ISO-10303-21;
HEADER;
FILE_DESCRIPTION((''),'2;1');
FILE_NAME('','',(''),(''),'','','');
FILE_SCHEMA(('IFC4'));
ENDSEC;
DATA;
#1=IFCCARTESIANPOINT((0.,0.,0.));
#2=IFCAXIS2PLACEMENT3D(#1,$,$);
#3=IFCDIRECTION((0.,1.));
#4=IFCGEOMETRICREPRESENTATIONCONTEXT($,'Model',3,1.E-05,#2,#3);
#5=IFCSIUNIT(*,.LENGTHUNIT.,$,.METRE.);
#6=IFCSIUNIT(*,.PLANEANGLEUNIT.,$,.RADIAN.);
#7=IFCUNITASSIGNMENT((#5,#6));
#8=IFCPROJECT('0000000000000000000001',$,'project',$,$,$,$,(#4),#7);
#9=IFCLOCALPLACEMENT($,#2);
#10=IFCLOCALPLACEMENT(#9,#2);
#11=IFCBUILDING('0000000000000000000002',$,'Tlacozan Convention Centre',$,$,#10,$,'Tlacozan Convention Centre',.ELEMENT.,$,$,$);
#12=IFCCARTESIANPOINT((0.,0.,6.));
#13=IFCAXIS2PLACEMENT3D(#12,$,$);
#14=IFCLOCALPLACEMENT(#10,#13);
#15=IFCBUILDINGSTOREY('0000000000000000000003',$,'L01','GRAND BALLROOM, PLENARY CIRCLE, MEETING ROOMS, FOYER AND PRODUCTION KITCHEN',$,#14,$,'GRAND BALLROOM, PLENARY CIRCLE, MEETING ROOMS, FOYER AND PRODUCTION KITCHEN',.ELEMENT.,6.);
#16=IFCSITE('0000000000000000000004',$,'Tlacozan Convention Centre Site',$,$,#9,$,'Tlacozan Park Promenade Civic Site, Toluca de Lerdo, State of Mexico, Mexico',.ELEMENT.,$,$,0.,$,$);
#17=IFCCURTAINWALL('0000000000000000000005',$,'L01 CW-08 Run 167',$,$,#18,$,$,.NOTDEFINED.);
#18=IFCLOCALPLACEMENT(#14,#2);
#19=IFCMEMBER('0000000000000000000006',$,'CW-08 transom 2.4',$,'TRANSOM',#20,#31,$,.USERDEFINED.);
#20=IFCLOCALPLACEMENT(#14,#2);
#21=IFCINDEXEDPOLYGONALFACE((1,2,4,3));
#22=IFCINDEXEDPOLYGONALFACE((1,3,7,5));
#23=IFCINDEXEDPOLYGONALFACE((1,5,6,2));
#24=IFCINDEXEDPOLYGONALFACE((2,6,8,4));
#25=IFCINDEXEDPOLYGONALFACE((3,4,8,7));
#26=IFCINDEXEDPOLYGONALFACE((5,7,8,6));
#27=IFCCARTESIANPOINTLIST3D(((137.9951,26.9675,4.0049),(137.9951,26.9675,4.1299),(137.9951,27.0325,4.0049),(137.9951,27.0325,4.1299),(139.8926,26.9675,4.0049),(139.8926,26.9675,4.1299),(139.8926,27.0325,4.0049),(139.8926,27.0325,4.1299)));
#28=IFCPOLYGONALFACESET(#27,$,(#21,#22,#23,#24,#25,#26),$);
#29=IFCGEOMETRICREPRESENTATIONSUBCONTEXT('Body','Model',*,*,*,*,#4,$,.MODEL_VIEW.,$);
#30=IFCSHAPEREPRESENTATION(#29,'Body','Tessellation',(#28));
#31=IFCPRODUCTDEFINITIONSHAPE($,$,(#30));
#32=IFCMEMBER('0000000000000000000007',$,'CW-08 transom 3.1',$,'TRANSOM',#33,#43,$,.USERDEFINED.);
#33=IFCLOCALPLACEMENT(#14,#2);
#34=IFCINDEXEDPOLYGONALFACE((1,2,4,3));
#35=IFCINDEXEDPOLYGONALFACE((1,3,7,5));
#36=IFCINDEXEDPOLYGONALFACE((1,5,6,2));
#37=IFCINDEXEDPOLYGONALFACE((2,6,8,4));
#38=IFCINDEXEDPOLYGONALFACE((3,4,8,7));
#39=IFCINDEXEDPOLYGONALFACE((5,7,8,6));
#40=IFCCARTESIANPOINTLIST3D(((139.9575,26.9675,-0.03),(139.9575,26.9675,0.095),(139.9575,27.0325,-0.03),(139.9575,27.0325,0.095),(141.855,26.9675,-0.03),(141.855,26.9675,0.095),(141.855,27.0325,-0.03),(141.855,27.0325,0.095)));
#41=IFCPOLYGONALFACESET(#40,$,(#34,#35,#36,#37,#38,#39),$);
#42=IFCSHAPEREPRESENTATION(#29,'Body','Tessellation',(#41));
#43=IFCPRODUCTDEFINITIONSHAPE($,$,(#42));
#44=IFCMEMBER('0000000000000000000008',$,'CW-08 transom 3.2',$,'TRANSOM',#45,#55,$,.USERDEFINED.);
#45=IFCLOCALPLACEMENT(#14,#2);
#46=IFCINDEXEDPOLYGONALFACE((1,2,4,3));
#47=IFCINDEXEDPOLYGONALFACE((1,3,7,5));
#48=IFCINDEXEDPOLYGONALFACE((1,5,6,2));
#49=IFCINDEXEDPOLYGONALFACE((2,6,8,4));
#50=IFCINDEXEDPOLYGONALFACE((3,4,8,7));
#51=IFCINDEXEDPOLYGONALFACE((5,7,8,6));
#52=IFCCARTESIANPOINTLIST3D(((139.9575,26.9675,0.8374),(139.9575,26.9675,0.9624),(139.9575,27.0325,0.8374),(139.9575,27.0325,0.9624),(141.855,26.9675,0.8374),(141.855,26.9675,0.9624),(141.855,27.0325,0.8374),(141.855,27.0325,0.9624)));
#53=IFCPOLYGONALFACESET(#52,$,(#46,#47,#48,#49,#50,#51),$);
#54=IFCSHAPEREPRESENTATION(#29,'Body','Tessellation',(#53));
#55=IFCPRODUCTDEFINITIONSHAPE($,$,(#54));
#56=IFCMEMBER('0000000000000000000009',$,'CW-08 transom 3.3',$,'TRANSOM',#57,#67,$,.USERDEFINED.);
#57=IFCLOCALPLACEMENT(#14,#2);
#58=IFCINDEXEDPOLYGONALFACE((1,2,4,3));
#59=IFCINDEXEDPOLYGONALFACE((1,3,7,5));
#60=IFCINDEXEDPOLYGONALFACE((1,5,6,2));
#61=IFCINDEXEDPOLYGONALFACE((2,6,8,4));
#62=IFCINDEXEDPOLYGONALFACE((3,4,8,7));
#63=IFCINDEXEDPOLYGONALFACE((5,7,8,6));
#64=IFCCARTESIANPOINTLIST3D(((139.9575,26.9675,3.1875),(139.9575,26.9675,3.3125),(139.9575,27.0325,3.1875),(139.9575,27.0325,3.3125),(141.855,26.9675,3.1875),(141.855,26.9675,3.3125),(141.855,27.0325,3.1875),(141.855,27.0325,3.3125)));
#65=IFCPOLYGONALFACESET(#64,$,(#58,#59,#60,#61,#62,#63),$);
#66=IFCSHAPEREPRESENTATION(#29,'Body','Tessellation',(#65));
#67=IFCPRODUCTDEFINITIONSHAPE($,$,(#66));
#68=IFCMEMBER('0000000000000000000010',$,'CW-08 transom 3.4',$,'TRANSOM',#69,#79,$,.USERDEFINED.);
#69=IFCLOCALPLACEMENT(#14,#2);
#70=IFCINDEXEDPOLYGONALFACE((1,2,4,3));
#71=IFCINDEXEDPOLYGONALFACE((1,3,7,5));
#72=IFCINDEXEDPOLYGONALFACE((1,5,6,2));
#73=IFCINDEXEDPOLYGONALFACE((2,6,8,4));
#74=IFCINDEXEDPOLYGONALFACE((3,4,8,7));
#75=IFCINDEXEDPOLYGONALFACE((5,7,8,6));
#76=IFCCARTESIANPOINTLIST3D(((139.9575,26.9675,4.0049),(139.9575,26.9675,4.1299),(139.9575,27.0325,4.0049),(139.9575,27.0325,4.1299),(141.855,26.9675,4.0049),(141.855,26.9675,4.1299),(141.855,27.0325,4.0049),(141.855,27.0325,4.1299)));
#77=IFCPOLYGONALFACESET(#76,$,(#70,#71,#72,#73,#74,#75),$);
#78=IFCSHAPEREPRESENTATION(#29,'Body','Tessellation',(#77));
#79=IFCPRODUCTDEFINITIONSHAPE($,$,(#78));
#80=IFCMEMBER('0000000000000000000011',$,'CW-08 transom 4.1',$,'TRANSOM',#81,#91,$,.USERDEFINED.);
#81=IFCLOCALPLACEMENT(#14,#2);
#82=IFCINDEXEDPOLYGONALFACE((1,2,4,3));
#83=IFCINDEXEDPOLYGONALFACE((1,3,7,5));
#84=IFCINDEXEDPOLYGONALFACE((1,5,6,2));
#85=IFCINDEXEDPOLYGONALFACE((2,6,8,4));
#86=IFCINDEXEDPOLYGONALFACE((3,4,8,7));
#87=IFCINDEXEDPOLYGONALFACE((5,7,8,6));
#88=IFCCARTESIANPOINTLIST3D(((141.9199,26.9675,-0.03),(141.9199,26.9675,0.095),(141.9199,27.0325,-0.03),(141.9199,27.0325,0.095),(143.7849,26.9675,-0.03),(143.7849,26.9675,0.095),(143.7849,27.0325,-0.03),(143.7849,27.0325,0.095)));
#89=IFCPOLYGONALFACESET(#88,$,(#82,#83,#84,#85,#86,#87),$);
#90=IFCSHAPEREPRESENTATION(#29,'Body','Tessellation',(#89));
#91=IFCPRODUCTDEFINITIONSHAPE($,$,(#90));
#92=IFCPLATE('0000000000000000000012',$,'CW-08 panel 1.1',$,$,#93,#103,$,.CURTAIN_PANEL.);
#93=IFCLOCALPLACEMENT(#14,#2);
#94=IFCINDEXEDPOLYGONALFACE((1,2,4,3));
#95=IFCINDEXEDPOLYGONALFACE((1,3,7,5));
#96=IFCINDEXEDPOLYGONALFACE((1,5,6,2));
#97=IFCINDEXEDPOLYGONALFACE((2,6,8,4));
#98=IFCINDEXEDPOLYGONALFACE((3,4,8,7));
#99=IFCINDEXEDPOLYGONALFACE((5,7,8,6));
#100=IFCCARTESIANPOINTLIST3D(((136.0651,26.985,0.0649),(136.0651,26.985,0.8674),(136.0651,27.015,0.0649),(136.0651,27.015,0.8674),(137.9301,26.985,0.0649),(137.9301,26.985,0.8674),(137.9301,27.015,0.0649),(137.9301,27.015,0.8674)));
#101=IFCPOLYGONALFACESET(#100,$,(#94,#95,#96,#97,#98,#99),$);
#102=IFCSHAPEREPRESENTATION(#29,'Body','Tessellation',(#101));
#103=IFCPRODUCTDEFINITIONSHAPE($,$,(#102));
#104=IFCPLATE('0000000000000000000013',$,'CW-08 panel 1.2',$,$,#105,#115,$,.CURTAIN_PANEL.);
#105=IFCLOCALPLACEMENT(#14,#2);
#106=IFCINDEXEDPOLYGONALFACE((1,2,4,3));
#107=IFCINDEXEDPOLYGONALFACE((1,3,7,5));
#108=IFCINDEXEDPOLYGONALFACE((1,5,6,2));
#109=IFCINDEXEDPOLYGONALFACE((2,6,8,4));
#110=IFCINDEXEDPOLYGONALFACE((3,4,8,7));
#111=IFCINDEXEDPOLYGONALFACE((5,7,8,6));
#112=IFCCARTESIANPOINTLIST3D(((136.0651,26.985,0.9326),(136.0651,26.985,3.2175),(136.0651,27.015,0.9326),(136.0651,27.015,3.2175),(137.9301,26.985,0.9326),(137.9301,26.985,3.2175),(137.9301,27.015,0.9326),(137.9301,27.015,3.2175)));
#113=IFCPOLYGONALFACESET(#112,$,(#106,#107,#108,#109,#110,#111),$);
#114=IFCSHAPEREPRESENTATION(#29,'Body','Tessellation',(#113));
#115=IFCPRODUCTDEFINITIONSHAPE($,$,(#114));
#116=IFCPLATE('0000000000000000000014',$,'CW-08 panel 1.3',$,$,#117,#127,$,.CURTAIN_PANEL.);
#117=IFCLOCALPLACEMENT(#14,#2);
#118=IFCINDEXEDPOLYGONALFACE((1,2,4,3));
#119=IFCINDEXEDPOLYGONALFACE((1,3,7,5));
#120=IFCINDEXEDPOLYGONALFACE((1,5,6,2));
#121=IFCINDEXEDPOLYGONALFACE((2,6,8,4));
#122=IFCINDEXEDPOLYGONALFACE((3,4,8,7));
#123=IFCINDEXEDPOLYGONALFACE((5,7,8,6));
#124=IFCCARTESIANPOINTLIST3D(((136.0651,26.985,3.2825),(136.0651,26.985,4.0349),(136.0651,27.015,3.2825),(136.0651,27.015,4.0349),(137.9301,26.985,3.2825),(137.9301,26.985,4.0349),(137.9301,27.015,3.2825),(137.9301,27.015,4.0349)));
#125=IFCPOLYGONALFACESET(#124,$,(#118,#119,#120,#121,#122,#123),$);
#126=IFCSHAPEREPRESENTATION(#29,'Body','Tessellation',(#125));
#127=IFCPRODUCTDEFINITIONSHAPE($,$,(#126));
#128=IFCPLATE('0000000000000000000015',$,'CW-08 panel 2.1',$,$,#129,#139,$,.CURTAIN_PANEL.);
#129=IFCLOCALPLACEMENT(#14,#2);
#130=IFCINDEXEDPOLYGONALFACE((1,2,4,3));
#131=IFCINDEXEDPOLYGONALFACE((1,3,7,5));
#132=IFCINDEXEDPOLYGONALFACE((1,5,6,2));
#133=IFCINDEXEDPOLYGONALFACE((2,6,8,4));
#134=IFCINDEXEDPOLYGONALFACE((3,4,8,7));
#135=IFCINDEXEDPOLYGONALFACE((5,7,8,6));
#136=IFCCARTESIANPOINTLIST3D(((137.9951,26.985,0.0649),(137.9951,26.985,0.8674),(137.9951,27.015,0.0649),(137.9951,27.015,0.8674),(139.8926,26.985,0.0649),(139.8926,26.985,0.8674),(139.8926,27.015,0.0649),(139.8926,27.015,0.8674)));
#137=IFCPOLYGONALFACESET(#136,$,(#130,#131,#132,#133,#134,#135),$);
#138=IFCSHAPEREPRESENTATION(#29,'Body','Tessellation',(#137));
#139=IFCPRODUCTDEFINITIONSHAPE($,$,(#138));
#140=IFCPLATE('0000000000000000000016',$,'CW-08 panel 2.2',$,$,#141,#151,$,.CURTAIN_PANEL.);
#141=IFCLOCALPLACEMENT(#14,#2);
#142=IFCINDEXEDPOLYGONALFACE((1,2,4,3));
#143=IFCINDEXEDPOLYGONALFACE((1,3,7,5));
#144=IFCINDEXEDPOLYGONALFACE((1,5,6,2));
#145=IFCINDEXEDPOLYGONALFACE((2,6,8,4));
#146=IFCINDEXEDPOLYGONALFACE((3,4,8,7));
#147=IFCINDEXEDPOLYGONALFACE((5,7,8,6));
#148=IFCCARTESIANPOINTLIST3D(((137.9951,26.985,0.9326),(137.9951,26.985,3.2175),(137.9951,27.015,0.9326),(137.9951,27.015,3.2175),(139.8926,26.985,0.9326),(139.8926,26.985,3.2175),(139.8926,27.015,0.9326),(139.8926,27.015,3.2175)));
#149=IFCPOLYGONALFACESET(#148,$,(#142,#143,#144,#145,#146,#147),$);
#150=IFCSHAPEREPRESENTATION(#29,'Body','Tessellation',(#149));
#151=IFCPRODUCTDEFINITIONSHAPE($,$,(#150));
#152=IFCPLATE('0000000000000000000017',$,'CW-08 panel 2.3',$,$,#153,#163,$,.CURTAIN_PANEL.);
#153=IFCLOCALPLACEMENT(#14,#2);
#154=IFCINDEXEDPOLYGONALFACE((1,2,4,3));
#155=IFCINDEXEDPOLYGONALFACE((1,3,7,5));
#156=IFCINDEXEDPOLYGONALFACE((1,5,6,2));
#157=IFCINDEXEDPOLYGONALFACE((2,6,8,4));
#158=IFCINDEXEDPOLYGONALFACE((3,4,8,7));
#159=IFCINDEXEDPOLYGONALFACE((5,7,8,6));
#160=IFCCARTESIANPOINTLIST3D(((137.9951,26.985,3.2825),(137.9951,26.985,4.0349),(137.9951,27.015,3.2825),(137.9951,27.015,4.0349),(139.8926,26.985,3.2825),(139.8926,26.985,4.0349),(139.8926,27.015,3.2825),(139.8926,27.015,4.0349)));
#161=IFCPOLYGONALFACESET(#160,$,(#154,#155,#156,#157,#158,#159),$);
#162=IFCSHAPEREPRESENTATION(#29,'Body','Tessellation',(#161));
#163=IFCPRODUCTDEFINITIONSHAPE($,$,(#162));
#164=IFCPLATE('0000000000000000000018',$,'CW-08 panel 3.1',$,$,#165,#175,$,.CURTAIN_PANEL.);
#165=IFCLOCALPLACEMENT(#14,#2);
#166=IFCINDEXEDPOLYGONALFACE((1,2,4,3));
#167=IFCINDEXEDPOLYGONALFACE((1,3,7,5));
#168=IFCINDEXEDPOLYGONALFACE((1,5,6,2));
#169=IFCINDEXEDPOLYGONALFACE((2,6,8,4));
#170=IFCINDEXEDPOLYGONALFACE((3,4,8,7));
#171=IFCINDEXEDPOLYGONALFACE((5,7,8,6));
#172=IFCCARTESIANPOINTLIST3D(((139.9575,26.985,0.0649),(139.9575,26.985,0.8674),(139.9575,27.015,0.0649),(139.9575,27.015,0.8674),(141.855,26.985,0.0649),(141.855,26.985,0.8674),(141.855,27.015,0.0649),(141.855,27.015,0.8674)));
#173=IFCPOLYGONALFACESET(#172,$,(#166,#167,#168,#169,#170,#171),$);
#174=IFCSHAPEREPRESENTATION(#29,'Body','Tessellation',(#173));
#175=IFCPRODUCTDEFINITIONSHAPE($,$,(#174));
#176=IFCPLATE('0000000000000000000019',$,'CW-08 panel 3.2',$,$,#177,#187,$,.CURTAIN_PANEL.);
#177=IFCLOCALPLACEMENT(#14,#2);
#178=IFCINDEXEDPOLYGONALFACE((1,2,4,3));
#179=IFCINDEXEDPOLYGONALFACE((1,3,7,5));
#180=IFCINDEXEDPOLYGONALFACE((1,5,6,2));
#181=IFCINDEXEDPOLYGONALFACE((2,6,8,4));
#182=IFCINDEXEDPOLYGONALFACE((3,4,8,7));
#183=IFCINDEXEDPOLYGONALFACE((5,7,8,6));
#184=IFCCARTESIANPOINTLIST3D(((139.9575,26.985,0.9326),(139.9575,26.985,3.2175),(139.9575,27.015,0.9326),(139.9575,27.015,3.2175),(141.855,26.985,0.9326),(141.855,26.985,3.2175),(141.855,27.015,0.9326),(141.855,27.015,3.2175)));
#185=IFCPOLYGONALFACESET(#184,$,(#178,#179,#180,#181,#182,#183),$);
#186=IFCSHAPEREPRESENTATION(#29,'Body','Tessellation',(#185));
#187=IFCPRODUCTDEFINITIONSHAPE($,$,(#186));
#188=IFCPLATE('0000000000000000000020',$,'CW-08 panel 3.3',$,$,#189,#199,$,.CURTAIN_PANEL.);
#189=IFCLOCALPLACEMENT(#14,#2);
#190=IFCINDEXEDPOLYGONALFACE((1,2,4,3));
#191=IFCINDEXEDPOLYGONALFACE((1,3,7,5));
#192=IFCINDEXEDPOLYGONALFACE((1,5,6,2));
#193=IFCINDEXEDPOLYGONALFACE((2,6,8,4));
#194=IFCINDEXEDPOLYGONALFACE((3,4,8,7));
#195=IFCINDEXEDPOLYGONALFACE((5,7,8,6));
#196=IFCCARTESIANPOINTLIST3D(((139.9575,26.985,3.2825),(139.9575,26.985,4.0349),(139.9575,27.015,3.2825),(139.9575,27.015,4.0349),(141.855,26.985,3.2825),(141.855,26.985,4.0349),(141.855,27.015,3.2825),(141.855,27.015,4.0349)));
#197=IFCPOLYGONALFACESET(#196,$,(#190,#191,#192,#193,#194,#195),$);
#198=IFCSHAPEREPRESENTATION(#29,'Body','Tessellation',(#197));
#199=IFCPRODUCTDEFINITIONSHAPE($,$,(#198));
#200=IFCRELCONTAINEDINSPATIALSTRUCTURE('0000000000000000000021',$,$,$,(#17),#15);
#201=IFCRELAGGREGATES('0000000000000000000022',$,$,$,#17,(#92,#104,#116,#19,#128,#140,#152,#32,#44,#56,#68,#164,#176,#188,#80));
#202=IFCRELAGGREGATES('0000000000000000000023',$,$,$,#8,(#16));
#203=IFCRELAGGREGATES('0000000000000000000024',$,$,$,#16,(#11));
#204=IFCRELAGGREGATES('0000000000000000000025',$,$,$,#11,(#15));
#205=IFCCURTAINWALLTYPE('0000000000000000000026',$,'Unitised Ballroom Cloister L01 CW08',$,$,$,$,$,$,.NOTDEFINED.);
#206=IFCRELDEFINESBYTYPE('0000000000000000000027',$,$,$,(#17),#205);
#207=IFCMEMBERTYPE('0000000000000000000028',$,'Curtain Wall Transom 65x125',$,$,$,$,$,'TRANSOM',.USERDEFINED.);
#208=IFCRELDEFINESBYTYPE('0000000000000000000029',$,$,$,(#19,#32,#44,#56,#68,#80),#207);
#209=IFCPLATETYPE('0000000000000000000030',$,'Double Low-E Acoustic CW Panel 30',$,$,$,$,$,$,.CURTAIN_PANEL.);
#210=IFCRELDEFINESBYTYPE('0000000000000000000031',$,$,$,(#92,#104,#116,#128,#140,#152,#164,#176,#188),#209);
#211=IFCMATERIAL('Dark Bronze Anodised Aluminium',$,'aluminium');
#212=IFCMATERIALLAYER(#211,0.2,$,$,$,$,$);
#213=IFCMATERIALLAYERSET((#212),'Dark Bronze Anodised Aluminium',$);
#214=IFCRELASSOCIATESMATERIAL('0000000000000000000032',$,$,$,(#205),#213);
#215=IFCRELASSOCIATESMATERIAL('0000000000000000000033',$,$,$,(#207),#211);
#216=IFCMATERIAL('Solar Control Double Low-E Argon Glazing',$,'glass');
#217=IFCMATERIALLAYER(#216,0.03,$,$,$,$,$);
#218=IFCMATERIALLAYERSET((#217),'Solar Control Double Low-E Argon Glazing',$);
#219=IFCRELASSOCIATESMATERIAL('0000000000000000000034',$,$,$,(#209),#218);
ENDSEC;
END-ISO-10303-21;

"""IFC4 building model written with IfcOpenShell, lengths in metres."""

from ifc_helpers import new_model, si_unit, direction, frame, origin, origin_2d, place, context, subcontext, project, spatial, rectangle, extrude, material, layer, layer_set, material_profile, profile_set, type_object, element, aggregate, save


model = new_model("IFC4")

# Units and contexts
model_context = context("Model", 3, precision=1e-05, world=origin(), true_north=direction((0.0, 1.0)))
body_context = subcontext(model_context, "Body", "Model", "MODEL_VIEW")
ifc_project = project(units=[si_unit("LENGTHUNIT", "METRE"), si_unit("PLANEANGLEUNIT", "RADIAN")], contexts=[model_context])

# Site, building, storey
site_placement = place(None, origin())
site = spatial("IfcSite", under=ifc_project, at=site_placement, Name="Tlacozan Convention Centre Site", LongName="Tlacozan Park Promenade Civic Site, Toluca de Lerdo, State of Mexico, Mexico", CompositionType="ELEMENT", RefElevation=0.0)
building_placement = place(site_placement, origin())
building = spatial("IfcBuilding", under=site, at=building_placement, Name="Tlacozan Convention Centre", LongName="Tlacozan Convention Centre", CompositionType="ELEMENT")
storey_placement = place(building_placement, frame((0.0, 0.0, 6.0)))
storey = spatial("IfcBuildingStorey", under=building, at=storey_placement, Name="L01", Description="GRAND BALLROOM, PLENARY CIRCLE, MEETING ROOMS, FOYER AND PRODUCTION KITCHEN", LongName="GRAND BALLROOM, PLENARY CIRCLE, MEETING ROOMS, FOYER AND PRODUCTION KITCHEN", CompositionType="ELEMENT", Elevation=6.0)

# Curtain wall, members, plates
ifc_material_1 = material(Name="Dark Bronze Anodised Aluminium", Category="aluminium")
ifc_layer_1 = layer(ifc_material_1, 0.2)
ifc_layer_set_1 = layer_set([ifc_layer_1], Name="Dark Bronze Anodised Aluminium")
curtain_wall_type = type_object("IfcCurtainWallType", Name="Unitised Ballroom Cloister L01 CW08", PredefinedType="NOTDEFINED", material=ifc_layer_set_1)
curtain_wall_placement = place(storey_placement, origin())
curtain_wall = element("IfcCurtainWall", 1, at=curtain_wall_placement, inside=storey, type_object=curtain_wall_type, Name="L01 CW-08 Run 167", PredefinedType="NOTDEFINED")
ifc_material_profile_1 = material_profile(ifc_material_1, rectangle(XDim=0.0649, YDim=0.125, at=origin_2d()), Name="ALU 65x125")
ifc_profile_set_1 = profile_set([ifc_material_profile_1], Name="Dark Bronze Anodised Aluminium")
member_type_1 = type_object("IfcMemberType", Name="Curtain Wall Transom 65x125", ElementType="TRANSOM", PredefinedType="USERDEFINED", material=ifc_profile_set_1)
member_1_placement = place(storey_placement, frame((137.9951, 27.0, 4.0674), z_axis=(1.0, 0.0, 0.0), x_axis=(0.0, 1.0, 0.0)))
member_1 = element("IfcMember", 2, at=member_1_placement, type_object=member_type_1, Name="CW-08 transom 2.4", ObjectType="TRANSOM", PredefinedType="USERDEFINED", context=body_context, shape_type="SweptSolid", body=[
    extrude(rectangle(XDim=0.0649, YDim=0.125, at=origin_2d()), origin(), (0.0, 0.0, 1.0), 1.8975),
])
member_2_placement = place(storey_placement, frame((139.9575, 27.0, 0.0325), z_axis=(1.0, 0.0, 0.0), x_axis=(0.0, 1.0, 0.0)))
member_2 = element("IfcMember", 3, at=member_2_placement, type_object=member_type_1, Name="CW-08 transom 3.1", ObjectType="TRANSOM", PredefinedType="USERDEFINED", context=body_context, shape_type="SweptSolid", body=[
    extrude(rectangle(XDim=0.0649, YDim=0.125, at=origin_2d()), origin(), (0.0, 0.0, 1.0), 1.8975),
])
member_3_placement = place(storey_placement, frame((139.9575, 27.0, 0.8999), z_axis=(1.0, 0.0, 0.0), x_axis=(0.0, 1.0, 0.0)))
member_3 = element("IfcMember", 4, at=member_3_placement, type_object=member_type_1, Name="CW-08 transom 3.2", ObjectType="TRANSOM", PredefinedType="USERDEFINED", context=body_context, shape_type="SweptSolid", body=[
    extrude(rectangle(XDim=0.0649, YDim=0.125, at=origin_2d()), origin(), (0.0, 0.0, 1.0), 1.8975),
])
member_4_placement = place(storey_placement, frame((139.9575, 27.0, 3.25), z_axis=(1.0, 0.0, 0.0), x_axis=(0.0, 1.0, 0.0)))
member_4 = element("IfcMember", 5, at=member_4_placement, type_object=member_type_1, Name="CW-08 transom 3.3", ObjectType="TRANSOM", PredefinedType="USERDEFINED", context=body_context, shape_type="SweptSolid", body=[
    extrude(rectangle(XDim=0.0649, YDim=0.125, at=origin_2d()), origin(), (0.0, 0.0, 1.0), 1.8975),
])
member_5_placement = place(storey_placement, frame((139.9575, 27.0, 4.0674), z_axis=(1.0, 0.0, 0.0), x_axis=(0.0, 1.0, 0.0)))
member_5 = element("IfcMember", 6, at=member_5_placement, type_object=member_type_1, Name="CW-08 transom 3.4", ObjectType="TRANSOM", PredefinedType="USERDEFINED", context=body_context, shape_type="SweptSolid", body=[
    extrude(rectangle(XDim=0.0649, YDim=0.125, at=origin_2d()), origin(), (0.0, 0.0, 1.0), 1.8975),
])
member_6_placement = place(storey_placement, frame((141.9199, 27.0, 0.0325), z_axis=(1.0, 0.0, 0.0), x_axis=(0.0, 1.0, 0.0)))
member_6 = element("IfcMember", 7, at=member_6_placement, type_object=member_type_1, Name="CW-08 transom 4.1", ObjectType="TRANSOM", PredefinedType="USERDEFINED", context=body_context, shape_type="SweptSolid", body=[
    extrude(rectangle(XDim=0.0649, YDim=0.125, at=origin_2d()), origin(), (0.0, 0.0, 1.0), 1.865),
])
ifc_material_2 = material(Name="Solar Control Double Low-E Argon Glazing", Category="glass")
ifc_layer_2 = layer(ifc_material_2, 0.03)
ifc_layer_set_2 = layer_set([ifc_layer_2], Name="Solar Control Double Low-E Argon Glazing")
plate_type = type_object("IfcPlateType", Name="Double Low-E Acoustic CW Panel 30", PredefinedType="CURTAIN_PANEL", material=ifc_layer_set_2)
plate_1_placement = place(storey_placement, frame((136.9976, 27.0, 0.0649), z_axis=(0.0, 0.0, 1.0), x_axis=(1.0, 0.0, 0.0)))
plate_1 = element("IfcPlate", 8, at=plate_1_placement, type_object=plate_type, Name="CW-08 panel 1.1", PredefinedType="CURTAIN_PANEL", context=body_context, shape_type="SweptSolid", body=[
    extrude(rectangle(XDim=1.865, YDim=0.03, at=origin_2d()), origin(), (0.0, 0.0, 1.0), 0.8025),
])
plate_2_placement = place(storey_placement, frame((136.9976, 27.0, 0.9326), z_axis=(0.0, 0.0, 1.0), x_axis=(1.0, 0.0, 0.0)))
plate_2 = element("IfcPlate", 9, at=plate_2_placement, type_object=plate_type, Name="CW-08 panel 1.2", PredefinedType="CURTAIN_PANEL", context=body_context, shape_type="SweptSolid", body=[
    extrude(rectangle(XDim=1.865, YDim=0.03, at=origin_2d()), origin(), (0.0, 0.0, 1.0), 2.2849),
])
plate_3_placement = place(storey_placement, frame((136.9976, 27.0, 3.2825), z_axis=(0.0, 0.0, 1.0), x_axis=(1.0, 0.0, 0.0)))
plate_3 = element("IfcPlate", 10, at=plate_3_placement, type_object=plate_type, Name="CW-08 panel 1.3", PredefinedType="CURTAIN_PANEL", context=body_context, shape_type="SweptSolid", body=[
    extrude(rectangle(XDim=1.865, YDim=0.03, at=origin_2d()), origin(), (0.0, 0.0, 1.0), 0.7524),
])
plate_4_placement = place(storey_placement, frame((138.9438, 27.0, 0.0649), z_axis=(0.0, 0.0, 1.0), x_axis=(1.0, 0.0, 0.0)))
plate_4 = element("IfcPlate", 11, at=plate_4_placement, type_object=plate_type, Name="CW-08 panel 2.1", PredefinedType="CURTAIN_PANEL", context=body_context, shape_type="SweptSolid", body=[
    extrude(rectangle(XDim=1.8975, YDim=0.03, at=origin_2d()), origin(), (0.0, 0.0, 1.0), 0.8025),
])
plate_5_placement = place(storey_placement, frame((138.9438, 27.0, 0.9326), z_axis=(0.0, 0.0, 1.0), x_axis=(1.0, 0.0, 0.0)))
plate_5 = element("IfcPlate", 12, at=plate_5_placement, type_object=plate_type, Name="CW-08 panel 2.2", PredefinedType="CURTAIN_PANEL", context=body_context, shape_type="SweptSolid", body=[
    extrude(rectangle(XDim=1.8975, YDim=0.03, at=origin_2d()), origin(), (0.0, 0.0, 1.0), 2.2849),
])
plate_6_placement = place(storey_placement, frame((138.9438, 27.0, 3.2825), z_axis=(0.0, 0.0, 1.0), x_axis=(1.0, 0.0, 0.0)))
plate_6 = element("IfcPlate", 13, at=plate_6_placement, type_object=plate_type, Name="CW-08 panel 2.3", PredefinedType="CURTAIN_PANEL", context=body_context, shape_type="SweptSolid", body=[
    extrude(rectangle(XDim=1.8975, YDim=0.03, at=origin_2d()), origin(), (0.0, 0.0, 1.0), 0.7524),
])
plate_7_placement = place(storey_placement, frame((140.9062, 27.0, 0.0649), z_axis=(0.0, 0.0, 1.0), x_axis=(1.0, 0.0, 0.0)))
plate_7 = element("IfcPlate", 14, at=plate_7_placement, type_object=plate_type, Name="CW-08 panel 3.1", PredefinedType="CURTAIN_PANEL", context=body_context, shape_type="SweptSolid", body=[
    extrude(rectangle(XDim=1.8975, YDim=0.03, at=origin_2d()), origin(), (0.0, 0.0, 1.0), 0.8025),
])
plate_8_placement = place(storey_placement, frame((140.9062, 27.0, 0.9326), z_axis=(0.0, 0.0, 1.0), x_axis=(1.0, 0.0, 0.0)))
plate_8 = element("IfcPlate", 15, at=plate_8_placement, type_object=plate_type, Name="CW-08 panel 3.2", PredefinedType="CURTAIN_PANEL", context=body_context, shape_type="SweptSolid", body=[
    extrude(rectangle(XDim=1.8975, YDim=0.03, at=origin_2d()), origin(), (0.0, 0.0, 1.0), 2.2849),
])
plate_9_placement = place(storey_placement, frame((140.9062, 27.0, 3.2825), z_axis=(0.0, 0.0, 1.0), x_axis=(1.0, 0.0, 0.0)))
plate_9 = element("IfcPlate", 16, at=plate_9_placement, type_object=plate_type, Name="CW-08 panel 3.3", PredefinedType="CURTAIN_PANEL", context=body_context, shape_type="SweptSolid", body=[
    extrude(rectangle(XDim=1.8975, YDim=0.03, at=origin_2d()), origin(), (0.0, 0.0, 1.0), 0.7524),
])
aggregate(curtain_wall, [plate_1, plate_2, plate_3, member_1, plate_4, plate_5, plate_6, member_2, member_3, member_4, member_5, plate_7, plate_8, plate_9, member_6])

save(model, "model.ifc")
